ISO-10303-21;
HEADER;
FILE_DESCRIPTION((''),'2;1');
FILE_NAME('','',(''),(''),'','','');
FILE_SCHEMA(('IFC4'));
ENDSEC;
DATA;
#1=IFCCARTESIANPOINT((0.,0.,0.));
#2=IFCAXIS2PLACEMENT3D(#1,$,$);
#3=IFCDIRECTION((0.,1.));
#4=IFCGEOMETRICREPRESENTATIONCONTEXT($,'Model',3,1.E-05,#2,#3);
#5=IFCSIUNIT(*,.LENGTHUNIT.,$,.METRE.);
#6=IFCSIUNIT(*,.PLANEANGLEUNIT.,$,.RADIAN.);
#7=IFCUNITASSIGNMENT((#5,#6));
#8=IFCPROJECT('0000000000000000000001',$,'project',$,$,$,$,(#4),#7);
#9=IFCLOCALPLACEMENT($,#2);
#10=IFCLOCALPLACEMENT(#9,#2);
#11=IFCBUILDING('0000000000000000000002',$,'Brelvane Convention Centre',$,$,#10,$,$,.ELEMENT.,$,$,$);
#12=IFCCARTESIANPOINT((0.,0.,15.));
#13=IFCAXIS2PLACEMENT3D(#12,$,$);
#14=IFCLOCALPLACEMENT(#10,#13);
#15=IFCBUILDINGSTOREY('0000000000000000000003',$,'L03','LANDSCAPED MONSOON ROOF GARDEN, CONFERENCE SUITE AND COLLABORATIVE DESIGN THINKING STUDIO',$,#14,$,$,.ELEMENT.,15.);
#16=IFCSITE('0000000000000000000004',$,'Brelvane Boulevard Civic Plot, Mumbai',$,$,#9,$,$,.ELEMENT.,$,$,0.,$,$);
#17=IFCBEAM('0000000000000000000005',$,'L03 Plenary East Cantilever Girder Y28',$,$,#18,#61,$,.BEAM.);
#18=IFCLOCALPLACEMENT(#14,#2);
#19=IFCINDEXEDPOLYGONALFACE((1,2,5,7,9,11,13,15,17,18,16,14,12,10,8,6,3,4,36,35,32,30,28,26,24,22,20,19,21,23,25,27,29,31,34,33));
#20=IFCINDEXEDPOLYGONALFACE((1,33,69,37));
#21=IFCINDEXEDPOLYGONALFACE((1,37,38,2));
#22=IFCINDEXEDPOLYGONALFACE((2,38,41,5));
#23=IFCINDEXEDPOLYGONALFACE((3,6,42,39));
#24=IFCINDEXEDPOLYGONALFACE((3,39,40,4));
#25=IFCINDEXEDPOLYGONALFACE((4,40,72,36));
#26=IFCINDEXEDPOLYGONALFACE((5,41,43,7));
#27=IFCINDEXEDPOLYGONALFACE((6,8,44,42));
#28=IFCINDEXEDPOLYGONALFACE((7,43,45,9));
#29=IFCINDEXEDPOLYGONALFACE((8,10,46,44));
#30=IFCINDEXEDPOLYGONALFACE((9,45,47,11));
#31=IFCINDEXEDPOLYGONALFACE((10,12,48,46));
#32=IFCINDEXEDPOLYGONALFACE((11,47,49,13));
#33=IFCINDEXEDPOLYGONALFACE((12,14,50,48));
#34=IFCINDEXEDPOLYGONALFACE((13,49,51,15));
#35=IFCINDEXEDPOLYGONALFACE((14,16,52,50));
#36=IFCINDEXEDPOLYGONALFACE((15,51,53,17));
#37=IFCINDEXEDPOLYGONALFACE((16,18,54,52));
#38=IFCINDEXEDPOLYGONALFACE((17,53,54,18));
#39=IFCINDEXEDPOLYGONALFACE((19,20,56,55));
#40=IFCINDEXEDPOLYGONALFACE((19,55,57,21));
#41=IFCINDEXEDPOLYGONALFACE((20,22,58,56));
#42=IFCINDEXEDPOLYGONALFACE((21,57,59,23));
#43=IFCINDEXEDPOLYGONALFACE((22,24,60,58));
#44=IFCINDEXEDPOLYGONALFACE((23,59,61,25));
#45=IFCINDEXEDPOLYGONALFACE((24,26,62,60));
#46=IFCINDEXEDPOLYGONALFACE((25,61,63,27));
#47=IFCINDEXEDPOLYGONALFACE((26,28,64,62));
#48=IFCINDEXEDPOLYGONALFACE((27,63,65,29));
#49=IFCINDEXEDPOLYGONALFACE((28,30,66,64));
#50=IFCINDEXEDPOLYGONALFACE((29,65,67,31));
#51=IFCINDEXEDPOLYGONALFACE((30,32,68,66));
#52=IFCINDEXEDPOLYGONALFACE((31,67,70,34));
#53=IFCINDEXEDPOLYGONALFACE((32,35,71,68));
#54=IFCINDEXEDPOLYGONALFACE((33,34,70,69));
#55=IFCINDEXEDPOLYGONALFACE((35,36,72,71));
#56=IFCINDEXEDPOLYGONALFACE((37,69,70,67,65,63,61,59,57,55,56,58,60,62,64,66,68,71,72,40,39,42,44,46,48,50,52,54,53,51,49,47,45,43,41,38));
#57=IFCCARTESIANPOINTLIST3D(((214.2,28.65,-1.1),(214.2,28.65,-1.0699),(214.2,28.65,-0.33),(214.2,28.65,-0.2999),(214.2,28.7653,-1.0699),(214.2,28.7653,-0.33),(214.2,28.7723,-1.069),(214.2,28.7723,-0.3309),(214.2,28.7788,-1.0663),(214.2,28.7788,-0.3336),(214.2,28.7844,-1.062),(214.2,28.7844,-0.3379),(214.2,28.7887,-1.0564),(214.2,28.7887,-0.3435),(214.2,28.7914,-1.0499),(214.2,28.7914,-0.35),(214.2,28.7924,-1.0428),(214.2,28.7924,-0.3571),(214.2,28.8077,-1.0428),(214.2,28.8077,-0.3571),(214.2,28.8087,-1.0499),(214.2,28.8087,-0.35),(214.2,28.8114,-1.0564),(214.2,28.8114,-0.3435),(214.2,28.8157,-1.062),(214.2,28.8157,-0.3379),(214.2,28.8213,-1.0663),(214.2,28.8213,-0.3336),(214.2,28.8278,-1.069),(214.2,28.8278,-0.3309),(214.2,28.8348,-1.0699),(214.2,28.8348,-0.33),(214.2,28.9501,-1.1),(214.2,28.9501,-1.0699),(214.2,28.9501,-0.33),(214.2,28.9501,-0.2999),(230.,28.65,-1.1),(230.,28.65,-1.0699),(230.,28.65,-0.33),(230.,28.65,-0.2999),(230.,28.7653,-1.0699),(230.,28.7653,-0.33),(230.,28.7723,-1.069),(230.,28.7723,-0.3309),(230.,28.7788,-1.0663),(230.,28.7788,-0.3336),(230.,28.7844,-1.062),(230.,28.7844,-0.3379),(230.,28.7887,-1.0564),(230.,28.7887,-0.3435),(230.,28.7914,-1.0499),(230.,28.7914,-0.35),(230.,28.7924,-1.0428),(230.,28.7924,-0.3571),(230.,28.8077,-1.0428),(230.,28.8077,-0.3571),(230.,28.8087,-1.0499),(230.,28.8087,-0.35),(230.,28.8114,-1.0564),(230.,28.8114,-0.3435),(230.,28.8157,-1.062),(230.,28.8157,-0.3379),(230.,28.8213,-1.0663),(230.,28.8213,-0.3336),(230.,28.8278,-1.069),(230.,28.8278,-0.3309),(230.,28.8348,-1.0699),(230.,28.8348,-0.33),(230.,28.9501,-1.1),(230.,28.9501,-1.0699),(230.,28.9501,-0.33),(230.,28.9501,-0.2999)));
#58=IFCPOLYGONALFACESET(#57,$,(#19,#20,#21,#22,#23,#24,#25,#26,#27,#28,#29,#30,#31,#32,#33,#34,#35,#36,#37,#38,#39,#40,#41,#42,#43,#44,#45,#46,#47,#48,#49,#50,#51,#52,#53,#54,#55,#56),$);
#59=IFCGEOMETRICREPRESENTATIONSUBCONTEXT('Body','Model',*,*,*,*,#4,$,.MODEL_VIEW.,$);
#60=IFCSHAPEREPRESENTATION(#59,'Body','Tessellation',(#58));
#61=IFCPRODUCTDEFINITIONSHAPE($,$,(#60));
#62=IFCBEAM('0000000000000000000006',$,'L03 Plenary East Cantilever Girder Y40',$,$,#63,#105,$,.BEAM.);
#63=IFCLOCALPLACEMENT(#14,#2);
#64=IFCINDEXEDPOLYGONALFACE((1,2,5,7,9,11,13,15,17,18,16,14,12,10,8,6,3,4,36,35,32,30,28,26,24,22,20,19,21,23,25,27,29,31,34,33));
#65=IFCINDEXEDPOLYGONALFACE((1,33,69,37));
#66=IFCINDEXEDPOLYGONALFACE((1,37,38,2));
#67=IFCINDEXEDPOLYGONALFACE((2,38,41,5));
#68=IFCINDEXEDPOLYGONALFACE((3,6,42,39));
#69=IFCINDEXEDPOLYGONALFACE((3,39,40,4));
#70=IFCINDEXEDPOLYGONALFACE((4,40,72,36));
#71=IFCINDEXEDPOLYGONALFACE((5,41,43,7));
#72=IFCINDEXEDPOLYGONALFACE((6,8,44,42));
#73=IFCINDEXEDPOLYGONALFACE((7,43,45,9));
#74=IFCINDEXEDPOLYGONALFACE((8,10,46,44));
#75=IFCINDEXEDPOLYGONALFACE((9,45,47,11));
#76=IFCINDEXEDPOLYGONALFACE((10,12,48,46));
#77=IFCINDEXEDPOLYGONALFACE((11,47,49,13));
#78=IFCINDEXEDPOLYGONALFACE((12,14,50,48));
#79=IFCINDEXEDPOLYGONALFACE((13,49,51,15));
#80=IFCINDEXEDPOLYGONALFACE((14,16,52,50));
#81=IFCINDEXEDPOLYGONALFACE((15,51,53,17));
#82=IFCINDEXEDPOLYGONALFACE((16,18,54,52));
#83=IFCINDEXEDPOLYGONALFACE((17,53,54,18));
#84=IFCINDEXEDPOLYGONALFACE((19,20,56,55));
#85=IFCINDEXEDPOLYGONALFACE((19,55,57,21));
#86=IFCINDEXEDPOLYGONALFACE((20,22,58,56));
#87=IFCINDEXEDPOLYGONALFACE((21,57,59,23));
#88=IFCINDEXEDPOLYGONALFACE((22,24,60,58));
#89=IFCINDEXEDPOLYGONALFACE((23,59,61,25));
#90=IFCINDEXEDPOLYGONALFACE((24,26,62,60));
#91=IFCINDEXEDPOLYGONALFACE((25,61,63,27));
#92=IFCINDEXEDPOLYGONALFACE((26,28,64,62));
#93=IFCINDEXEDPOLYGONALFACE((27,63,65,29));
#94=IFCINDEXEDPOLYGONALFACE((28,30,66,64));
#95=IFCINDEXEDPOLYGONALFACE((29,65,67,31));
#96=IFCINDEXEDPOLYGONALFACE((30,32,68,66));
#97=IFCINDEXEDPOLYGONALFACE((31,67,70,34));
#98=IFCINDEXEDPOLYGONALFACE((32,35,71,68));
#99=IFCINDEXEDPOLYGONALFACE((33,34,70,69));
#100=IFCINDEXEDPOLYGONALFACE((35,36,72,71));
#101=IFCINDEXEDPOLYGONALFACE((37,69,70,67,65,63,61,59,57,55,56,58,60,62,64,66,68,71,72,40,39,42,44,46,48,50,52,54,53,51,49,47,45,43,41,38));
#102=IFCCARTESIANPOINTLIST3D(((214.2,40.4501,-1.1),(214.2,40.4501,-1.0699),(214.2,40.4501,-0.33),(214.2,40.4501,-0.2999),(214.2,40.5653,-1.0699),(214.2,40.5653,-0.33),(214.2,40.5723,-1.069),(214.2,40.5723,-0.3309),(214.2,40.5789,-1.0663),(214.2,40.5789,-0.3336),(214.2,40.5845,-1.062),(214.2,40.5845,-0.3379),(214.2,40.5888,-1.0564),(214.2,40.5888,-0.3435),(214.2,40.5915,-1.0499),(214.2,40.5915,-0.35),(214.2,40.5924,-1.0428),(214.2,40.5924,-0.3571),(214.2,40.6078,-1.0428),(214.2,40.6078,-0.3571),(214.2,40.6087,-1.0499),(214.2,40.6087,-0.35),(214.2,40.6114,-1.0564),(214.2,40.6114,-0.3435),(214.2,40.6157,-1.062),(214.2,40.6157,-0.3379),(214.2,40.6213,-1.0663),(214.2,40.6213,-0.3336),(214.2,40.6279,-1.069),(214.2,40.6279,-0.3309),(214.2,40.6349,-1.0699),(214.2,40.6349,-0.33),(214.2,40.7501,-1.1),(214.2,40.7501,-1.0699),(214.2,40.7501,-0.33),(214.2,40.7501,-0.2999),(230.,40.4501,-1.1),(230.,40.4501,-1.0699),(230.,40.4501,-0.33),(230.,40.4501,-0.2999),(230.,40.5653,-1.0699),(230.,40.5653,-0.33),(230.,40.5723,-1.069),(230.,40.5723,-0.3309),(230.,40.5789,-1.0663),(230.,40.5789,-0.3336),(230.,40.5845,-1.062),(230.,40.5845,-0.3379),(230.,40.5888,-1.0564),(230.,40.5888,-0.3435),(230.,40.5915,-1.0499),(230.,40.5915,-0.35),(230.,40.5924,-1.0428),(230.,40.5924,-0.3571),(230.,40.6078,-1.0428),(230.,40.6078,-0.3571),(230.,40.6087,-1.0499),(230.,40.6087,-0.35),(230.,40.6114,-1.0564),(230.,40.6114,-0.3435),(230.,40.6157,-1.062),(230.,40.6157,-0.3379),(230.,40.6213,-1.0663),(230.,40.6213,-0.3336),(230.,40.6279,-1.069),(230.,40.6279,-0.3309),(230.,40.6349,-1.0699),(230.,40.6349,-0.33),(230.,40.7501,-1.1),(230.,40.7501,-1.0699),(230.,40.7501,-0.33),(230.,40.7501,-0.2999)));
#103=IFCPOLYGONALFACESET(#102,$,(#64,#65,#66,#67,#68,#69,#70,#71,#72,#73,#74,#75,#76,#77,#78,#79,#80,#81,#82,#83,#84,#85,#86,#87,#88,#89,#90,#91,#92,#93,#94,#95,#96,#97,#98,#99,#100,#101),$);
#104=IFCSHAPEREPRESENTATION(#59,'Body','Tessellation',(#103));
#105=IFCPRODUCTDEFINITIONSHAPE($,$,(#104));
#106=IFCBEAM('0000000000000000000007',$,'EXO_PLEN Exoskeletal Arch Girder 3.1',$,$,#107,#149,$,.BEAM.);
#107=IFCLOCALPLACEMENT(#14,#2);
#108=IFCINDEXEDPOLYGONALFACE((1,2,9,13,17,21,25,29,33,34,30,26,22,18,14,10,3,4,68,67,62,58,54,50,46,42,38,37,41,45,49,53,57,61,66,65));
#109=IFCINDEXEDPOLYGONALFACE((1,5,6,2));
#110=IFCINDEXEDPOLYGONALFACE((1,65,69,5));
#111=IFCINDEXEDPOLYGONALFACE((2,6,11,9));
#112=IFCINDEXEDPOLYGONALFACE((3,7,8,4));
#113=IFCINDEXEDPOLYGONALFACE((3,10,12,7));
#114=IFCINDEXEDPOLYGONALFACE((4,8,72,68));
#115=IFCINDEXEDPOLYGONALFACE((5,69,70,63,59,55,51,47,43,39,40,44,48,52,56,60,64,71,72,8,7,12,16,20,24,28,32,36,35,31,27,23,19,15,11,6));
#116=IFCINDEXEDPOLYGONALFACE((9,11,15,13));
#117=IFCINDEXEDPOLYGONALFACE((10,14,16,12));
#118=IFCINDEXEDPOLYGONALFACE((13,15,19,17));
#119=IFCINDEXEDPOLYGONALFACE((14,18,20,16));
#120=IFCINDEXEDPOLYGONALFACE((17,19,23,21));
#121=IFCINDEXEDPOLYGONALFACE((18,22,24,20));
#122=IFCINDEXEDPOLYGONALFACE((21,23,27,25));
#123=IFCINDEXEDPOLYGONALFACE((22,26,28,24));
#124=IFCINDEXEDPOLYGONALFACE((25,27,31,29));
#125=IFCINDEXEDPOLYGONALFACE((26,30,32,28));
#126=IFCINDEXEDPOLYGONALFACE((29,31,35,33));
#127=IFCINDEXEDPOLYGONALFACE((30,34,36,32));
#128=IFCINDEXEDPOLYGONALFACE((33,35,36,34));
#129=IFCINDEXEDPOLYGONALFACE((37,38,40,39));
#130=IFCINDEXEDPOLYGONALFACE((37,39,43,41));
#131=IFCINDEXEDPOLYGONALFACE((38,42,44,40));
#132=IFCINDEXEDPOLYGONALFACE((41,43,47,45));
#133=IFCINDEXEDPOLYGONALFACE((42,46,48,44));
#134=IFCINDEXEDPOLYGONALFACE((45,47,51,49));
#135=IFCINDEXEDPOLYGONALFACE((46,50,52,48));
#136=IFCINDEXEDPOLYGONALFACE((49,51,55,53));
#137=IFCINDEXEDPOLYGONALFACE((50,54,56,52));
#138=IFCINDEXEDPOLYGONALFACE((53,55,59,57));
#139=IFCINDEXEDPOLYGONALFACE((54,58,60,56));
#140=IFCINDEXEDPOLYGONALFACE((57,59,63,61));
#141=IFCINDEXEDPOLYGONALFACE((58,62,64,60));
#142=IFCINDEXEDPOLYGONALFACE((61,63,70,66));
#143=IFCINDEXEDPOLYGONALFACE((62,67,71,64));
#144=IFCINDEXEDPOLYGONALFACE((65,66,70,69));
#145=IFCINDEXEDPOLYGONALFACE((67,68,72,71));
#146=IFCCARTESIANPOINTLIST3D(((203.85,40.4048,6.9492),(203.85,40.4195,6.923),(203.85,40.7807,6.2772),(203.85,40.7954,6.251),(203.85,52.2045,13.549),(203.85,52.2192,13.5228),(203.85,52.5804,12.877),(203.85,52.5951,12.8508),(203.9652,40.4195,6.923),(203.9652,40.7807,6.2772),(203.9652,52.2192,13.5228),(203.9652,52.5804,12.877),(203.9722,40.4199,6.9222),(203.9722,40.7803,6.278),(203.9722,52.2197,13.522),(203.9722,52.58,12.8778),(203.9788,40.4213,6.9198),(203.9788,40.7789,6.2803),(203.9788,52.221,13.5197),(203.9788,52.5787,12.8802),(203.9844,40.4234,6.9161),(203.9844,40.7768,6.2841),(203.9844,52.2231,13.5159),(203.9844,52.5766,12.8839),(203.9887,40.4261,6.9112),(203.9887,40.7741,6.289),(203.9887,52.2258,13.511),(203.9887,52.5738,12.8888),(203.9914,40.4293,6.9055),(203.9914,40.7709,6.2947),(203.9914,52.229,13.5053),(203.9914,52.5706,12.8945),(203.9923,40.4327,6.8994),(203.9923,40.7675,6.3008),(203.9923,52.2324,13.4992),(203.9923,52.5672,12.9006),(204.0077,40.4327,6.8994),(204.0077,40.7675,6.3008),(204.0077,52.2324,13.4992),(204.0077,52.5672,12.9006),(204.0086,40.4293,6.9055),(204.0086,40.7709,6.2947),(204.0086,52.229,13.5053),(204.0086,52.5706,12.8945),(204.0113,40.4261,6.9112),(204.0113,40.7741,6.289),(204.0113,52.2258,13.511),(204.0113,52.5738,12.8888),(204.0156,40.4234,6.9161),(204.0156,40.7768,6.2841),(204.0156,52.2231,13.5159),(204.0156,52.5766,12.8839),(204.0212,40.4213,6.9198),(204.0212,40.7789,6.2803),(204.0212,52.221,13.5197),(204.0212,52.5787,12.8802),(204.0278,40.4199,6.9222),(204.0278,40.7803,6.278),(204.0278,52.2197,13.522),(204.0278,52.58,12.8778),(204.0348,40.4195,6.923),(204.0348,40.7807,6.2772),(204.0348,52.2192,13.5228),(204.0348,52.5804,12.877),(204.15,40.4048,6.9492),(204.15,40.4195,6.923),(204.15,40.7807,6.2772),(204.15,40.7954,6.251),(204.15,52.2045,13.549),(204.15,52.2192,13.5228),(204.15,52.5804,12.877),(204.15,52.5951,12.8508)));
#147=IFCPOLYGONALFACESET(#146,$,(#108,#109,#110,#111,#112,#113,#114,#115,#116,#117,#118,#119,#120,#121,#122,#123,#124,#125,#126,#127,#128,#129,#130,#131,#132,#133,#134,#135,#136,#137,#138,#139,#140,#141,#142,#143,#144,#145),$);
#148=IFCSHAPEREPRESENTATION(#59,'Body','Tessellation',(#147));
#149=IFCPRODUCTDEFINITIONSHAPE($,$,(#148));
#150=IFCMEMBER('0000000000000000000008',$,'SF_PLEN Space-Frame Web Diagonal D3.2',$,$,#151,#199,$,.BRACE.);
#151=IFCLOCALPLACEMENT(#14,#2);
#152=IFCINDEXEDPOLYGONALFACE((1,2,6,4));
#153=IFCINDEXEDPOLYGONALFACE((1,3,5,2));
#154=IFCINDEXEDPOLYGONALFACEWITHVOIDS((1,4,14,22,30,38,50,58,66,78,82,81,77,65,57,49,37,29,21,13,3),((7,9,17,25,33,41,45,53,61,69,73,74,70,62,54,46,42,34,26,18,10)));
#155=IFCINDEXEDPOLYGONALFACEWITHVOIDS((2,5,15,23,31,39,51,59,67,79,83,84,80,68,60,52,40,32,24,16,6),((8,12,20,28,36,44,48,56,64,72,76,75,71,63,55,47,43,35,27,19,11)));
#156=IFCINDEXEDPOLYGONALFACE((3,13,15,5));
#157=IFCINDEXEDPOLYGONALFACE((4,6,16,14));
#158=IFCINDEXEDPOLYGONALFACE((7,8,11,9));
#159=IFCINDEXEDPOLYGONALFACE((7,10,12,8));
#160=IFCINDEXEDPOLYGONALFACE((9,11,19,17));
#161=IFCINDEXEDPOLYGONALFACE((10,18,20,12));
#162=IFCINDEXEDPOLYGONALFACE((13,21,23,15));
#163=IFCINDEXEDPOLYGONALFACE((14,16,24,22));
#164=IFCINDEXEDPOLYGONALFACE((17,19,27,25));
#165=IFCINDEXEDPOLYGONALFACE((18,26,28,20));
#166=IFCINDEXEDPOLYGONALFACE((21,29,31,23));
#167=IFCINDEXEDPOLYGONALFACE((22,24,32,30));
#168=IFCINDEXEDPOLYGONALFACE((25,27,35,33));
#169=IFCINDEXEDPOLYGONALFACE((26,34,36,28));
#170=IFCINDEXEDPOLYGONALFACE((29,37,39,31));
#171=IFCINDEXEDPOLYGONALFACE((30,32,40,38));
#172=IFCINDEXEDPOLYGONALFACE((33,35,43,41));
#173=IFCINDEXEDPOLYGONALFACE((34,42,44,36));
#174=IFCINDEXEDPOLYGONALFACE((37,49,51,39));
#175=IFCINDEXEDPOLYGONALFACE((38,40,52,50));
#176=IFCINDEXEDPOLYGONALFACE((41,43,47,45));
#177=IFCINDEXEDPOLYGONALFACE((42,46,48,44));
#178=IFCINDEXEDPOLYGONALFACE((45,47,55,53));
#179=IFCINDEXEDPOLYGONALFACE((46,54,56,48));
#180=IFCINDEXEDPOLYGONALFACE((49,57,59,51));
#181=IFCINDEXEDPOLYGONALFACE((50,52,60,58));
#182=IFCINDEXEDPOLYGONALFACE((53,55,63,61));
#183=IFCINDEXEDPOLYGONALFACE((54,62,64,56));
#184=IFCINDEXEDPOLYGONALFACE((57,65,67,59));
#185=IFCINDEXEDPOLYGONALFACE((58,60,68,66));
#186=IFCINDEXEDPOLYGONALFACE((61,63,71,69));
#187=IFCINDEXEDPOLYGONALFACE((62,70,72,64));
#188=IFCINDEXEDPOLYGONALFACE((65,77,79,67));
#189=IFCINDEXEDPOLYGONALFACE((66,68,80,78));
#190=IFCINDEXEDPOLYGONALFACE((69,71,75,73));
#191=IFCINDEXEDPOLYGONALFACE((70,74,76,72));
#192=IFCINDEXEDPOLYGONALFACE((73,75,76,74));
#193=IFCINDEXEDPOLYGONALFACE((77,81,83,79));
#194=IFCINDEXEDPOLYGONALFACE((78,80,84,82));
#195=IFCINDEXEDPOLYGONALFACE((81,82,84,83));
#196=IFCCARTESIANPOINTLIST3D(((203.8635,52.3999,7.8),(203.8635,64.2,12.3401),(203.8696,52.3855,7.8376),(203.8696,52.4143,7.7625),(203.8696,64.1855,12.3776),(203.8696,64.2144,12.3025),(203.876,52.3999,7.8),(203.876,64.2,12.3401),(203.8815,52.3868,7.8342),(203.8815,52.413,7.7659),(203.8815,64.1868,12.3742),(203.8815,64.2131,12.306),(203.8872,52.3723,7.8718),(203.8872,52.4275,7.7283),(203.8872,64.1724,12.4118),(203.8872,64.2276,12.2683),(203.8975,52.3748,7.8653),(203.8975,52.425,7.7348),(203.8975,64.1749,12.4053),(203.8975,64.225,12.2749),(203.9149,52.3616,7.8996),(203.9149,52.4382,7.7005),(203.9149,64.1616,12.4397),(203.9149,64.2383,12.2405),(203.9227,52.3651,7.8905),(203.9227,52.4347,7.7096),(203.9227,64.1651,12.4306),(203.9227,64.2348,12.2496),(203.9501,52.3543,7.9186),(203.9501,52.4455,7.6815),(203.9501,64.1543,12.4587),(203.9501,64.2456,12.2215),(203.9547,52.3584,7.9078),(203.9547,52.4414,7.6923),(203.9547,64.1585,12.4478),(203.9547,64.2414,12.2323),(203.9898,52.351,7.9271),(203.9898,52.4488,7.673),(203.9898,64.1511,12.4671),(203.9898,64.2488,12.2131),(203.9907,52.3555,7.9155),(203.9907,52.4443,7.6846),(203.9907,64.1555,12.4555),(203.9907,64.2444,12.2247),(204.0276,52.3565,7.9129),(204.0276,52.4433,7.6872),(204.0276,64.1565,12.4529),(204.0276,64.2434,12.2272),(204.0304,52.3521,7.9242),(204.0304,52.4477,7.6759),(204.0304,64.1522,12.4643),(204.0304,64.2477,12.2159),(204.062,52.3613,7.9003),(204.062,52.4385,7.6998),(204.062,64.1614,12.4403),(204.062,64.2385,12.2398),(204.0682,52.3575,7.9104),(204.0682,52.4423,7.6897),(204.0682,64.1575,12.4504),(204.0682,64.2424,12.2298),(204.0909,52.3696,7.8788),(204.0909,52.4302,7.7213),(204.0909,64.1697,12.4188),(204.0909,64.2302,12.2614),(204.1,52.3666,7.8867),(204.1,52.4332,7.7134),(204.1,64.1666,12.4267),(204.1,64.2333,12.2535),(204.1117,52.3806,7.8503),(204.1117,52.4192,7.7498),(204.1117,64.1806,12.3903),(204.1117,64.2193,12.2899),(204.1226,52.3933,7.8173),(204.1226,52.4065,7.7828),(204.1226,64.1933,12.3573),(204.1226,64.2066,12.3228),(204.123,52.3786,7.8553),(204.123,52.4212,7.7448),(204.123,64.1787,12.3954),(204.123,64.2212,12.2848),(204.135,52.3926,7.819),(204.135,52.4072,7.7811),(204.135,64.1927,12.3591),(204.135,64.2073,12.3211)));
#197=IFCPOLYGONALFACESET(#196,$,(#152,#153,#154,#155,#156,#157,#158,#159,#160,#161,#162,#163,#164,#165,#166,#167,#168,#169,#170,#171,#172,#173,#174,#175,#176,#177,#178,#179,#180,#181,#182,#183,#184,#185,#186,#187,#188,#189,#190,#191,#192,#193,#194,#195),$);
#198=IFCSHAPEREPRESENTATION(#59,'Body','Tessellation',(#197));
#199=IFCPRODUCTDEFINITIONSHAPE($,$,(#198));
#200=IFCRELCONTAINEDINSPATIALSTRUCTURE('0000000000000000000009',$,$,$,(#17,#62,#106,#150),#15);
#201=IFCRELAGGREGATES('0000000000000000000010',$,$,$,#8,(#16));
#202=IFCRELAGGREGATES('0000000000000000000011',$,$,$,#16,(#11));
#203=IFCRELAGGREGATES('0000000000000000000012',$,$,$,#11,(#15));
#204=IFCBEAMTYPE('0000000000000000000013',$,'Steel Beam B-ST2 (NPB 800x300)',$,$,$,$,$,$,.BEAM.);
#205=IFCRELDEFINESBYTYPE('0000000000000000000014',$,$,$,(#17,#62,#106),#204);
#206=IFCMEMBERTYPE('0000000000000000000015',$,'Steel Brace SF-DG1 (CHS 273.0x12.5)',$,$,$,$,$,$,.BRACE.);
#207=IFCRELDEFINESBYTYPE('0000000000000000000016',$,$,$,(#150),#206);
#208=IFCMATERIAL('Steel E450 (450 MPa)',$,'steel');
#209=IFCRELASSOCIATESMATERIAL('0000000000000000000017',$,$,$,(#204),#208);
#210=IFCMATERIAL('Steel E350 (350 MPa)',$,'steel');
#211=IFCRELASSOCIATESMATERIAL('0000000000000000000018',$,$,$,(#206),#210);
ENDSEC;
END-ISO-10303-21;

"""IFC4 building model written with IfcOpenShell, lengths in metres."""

from ifc_helpers import new_model, si_unit, direction, frame, origin, origin_2d, place, context, subcontext, project, spatial, hollow_circle, i_section, extrude, material, material_profile, profile_set, type_object, element, save


model = new_model("IFC4")

# Units and contexts
model_context = context("Model", 3, precision=1e-05, world=origin(), true_north=direction((0.0, 1.0)))
body_context = subcontext(model_context, "Body", "Model", "MODEL_VIEW")
ifc_project = project(units=[si_unit("LENGTHUNIT", "METRE"), si_unit("PLANEANGLEUNIT", "RADIAN")], contexts=[model_context])

# Site, building, storey
site_placement = place(None, origin())
site = spatial("IfcSite", under=ifc_project, at=site_placement, Name="Brelvane Boulevard Civic Plot, Mumbai", CompositionType="ELEMENT", RefElevation=0.0)
building_placement = place(site_placement, origin())
building = spatial("IfcBuilding", under=site, at=building_placement, Name="Brelvane Convention Centre", CompositionType="ELEMENT")
storey_placement = place(building_placement, frame((0.0, 0.0, 15.0)))
storey = spatial("IfcBuildingStorey", under=building, at=storey_placement, Name="L03", Description="LANDSCAPED MONSOON ROOF GARDEN, CONFERENCE SUITE AND COLLABORATIVE DESIGN THINKING STUDIO", CompositionType="ELEMENT", Elevation=15.0)

# Beams
ifc_material_1 = material(Name="Steel E450 (450 MPa)", Category="steel")
ifc_material_profile_1 = material_profile(ifc_material_1, i_section(OverallWidth=0.3, OverallDepth=0.8, WebThickness=0.0154, FlangeThickness=0.03, FilletRadius=0.0271, at=origin_2d()), Name="NPB 800x300")
ifc_profile_set_1 = profile_set([ifc_material_profile_1], Name="Steel E450 (450 MPa)")
beam_type_1 = type_object("IfcBeamType", Name="Steel Beam B-ST2 (NPB 800x300)", PredefinedType="BEAM", material=ifc_profile_set_1)
for number, where, z_axis, x_axis, name in (
    (1, (214.2, 28.8, -0.7), (1.0, 0.0, 0.0), (0.0, 1.0, 0.0), "L03 Plenary East Cantilever Girder Y28"),
    (2, (214.2, 40.6001, -0.7), (1.0, 0.0, 0.0), (0.0, 1.0, 0.0), "L03 Plenary East Cantilever Girder Y40"),
):
    element("IfcBeam", number, at=place(storey_placement, frame(where, z_axis=z_axis, x_axis=x_axis)), inside=storey, type_object=beam_type_1, Name=name, PredefinedType="BEAM", context=body_context, shape_type="SweptSolid", body=[
        extrude(i_section(OverallWidth=0.3, OverallDepth=0.8, WebThickness=0.0154, FlangeThickness=0.03, FilletRadius=0.0271, at=origin_2d()), origin(), (0.0, 0.0, 1.0), 15.8),
    ])
beam_1_placement = place(storey_placement, frame((204.0, 40.6001, 6.6001), z_axis=(0.0, 0.872759, 0.488151), x_axis=(-1.0, 0.0, 0.0)))
element("IfcBeam", 3, at=beam_1_placement, inside=storey, type_object=beam_type_1, Name="EXO_PLEN Exoskeletal Arch Girder 3.1", PredefinedType="BEAM", context=body_context, shape_type="SweptSolid", body=[
    extrude(i_section(OverallWidth=0.3, OverallDepth=0.8, WebThickness=0.0154, FlangeThickness=0.03, FilletRadius=0.0271, at=origin_2d()), origin(), (0.0, 0.0, 1.0), 13.52),
])

# Member
ifc_material_2 = material(Name="Steel E350 (350 MPa)", Category="steel")
ifc_material_profile_2 = material_profile(ifc_material_2, hollow_circle(Radius=0.1365, WallThickness=0.0125, at=origin_2d()), Name="CHS 273.0x12.5")
ifc_profile_set_2 = profile_set([ifc_material_profile_2], Name="Steel E350 (350 MPa)")
member_type_1 = type_object("IfcMemberType", Name="Steel Brace SF-DG1 (CHS 273.0x12.5)", PredefinedType="BRACE", material=ifc_profile_set_2)
member_1_placement = place(storey_placement, frame((204.0, 52.3999, 7.8), z_axis=(0.0, 0.933304, 0.359086), x_axis=(-1.0, 0.0, 0.0)))
element("IfcMember", 4, at=member_1_placement, inside=storey, type_object=member_type_1, Name="SF_PLEN Space-Frame Web Diagonal D3.2", PredefinedType="BRACE", context=body_context, shape_type="SweptSolid", body=[
    extrude(hollow_circle(Radius=0.1365, WallThickness=0.0125, at=origin_2d()), origin(), (0.0, 0.0, 1.0), 12.6433),
])

save(model, "model.ifc")
